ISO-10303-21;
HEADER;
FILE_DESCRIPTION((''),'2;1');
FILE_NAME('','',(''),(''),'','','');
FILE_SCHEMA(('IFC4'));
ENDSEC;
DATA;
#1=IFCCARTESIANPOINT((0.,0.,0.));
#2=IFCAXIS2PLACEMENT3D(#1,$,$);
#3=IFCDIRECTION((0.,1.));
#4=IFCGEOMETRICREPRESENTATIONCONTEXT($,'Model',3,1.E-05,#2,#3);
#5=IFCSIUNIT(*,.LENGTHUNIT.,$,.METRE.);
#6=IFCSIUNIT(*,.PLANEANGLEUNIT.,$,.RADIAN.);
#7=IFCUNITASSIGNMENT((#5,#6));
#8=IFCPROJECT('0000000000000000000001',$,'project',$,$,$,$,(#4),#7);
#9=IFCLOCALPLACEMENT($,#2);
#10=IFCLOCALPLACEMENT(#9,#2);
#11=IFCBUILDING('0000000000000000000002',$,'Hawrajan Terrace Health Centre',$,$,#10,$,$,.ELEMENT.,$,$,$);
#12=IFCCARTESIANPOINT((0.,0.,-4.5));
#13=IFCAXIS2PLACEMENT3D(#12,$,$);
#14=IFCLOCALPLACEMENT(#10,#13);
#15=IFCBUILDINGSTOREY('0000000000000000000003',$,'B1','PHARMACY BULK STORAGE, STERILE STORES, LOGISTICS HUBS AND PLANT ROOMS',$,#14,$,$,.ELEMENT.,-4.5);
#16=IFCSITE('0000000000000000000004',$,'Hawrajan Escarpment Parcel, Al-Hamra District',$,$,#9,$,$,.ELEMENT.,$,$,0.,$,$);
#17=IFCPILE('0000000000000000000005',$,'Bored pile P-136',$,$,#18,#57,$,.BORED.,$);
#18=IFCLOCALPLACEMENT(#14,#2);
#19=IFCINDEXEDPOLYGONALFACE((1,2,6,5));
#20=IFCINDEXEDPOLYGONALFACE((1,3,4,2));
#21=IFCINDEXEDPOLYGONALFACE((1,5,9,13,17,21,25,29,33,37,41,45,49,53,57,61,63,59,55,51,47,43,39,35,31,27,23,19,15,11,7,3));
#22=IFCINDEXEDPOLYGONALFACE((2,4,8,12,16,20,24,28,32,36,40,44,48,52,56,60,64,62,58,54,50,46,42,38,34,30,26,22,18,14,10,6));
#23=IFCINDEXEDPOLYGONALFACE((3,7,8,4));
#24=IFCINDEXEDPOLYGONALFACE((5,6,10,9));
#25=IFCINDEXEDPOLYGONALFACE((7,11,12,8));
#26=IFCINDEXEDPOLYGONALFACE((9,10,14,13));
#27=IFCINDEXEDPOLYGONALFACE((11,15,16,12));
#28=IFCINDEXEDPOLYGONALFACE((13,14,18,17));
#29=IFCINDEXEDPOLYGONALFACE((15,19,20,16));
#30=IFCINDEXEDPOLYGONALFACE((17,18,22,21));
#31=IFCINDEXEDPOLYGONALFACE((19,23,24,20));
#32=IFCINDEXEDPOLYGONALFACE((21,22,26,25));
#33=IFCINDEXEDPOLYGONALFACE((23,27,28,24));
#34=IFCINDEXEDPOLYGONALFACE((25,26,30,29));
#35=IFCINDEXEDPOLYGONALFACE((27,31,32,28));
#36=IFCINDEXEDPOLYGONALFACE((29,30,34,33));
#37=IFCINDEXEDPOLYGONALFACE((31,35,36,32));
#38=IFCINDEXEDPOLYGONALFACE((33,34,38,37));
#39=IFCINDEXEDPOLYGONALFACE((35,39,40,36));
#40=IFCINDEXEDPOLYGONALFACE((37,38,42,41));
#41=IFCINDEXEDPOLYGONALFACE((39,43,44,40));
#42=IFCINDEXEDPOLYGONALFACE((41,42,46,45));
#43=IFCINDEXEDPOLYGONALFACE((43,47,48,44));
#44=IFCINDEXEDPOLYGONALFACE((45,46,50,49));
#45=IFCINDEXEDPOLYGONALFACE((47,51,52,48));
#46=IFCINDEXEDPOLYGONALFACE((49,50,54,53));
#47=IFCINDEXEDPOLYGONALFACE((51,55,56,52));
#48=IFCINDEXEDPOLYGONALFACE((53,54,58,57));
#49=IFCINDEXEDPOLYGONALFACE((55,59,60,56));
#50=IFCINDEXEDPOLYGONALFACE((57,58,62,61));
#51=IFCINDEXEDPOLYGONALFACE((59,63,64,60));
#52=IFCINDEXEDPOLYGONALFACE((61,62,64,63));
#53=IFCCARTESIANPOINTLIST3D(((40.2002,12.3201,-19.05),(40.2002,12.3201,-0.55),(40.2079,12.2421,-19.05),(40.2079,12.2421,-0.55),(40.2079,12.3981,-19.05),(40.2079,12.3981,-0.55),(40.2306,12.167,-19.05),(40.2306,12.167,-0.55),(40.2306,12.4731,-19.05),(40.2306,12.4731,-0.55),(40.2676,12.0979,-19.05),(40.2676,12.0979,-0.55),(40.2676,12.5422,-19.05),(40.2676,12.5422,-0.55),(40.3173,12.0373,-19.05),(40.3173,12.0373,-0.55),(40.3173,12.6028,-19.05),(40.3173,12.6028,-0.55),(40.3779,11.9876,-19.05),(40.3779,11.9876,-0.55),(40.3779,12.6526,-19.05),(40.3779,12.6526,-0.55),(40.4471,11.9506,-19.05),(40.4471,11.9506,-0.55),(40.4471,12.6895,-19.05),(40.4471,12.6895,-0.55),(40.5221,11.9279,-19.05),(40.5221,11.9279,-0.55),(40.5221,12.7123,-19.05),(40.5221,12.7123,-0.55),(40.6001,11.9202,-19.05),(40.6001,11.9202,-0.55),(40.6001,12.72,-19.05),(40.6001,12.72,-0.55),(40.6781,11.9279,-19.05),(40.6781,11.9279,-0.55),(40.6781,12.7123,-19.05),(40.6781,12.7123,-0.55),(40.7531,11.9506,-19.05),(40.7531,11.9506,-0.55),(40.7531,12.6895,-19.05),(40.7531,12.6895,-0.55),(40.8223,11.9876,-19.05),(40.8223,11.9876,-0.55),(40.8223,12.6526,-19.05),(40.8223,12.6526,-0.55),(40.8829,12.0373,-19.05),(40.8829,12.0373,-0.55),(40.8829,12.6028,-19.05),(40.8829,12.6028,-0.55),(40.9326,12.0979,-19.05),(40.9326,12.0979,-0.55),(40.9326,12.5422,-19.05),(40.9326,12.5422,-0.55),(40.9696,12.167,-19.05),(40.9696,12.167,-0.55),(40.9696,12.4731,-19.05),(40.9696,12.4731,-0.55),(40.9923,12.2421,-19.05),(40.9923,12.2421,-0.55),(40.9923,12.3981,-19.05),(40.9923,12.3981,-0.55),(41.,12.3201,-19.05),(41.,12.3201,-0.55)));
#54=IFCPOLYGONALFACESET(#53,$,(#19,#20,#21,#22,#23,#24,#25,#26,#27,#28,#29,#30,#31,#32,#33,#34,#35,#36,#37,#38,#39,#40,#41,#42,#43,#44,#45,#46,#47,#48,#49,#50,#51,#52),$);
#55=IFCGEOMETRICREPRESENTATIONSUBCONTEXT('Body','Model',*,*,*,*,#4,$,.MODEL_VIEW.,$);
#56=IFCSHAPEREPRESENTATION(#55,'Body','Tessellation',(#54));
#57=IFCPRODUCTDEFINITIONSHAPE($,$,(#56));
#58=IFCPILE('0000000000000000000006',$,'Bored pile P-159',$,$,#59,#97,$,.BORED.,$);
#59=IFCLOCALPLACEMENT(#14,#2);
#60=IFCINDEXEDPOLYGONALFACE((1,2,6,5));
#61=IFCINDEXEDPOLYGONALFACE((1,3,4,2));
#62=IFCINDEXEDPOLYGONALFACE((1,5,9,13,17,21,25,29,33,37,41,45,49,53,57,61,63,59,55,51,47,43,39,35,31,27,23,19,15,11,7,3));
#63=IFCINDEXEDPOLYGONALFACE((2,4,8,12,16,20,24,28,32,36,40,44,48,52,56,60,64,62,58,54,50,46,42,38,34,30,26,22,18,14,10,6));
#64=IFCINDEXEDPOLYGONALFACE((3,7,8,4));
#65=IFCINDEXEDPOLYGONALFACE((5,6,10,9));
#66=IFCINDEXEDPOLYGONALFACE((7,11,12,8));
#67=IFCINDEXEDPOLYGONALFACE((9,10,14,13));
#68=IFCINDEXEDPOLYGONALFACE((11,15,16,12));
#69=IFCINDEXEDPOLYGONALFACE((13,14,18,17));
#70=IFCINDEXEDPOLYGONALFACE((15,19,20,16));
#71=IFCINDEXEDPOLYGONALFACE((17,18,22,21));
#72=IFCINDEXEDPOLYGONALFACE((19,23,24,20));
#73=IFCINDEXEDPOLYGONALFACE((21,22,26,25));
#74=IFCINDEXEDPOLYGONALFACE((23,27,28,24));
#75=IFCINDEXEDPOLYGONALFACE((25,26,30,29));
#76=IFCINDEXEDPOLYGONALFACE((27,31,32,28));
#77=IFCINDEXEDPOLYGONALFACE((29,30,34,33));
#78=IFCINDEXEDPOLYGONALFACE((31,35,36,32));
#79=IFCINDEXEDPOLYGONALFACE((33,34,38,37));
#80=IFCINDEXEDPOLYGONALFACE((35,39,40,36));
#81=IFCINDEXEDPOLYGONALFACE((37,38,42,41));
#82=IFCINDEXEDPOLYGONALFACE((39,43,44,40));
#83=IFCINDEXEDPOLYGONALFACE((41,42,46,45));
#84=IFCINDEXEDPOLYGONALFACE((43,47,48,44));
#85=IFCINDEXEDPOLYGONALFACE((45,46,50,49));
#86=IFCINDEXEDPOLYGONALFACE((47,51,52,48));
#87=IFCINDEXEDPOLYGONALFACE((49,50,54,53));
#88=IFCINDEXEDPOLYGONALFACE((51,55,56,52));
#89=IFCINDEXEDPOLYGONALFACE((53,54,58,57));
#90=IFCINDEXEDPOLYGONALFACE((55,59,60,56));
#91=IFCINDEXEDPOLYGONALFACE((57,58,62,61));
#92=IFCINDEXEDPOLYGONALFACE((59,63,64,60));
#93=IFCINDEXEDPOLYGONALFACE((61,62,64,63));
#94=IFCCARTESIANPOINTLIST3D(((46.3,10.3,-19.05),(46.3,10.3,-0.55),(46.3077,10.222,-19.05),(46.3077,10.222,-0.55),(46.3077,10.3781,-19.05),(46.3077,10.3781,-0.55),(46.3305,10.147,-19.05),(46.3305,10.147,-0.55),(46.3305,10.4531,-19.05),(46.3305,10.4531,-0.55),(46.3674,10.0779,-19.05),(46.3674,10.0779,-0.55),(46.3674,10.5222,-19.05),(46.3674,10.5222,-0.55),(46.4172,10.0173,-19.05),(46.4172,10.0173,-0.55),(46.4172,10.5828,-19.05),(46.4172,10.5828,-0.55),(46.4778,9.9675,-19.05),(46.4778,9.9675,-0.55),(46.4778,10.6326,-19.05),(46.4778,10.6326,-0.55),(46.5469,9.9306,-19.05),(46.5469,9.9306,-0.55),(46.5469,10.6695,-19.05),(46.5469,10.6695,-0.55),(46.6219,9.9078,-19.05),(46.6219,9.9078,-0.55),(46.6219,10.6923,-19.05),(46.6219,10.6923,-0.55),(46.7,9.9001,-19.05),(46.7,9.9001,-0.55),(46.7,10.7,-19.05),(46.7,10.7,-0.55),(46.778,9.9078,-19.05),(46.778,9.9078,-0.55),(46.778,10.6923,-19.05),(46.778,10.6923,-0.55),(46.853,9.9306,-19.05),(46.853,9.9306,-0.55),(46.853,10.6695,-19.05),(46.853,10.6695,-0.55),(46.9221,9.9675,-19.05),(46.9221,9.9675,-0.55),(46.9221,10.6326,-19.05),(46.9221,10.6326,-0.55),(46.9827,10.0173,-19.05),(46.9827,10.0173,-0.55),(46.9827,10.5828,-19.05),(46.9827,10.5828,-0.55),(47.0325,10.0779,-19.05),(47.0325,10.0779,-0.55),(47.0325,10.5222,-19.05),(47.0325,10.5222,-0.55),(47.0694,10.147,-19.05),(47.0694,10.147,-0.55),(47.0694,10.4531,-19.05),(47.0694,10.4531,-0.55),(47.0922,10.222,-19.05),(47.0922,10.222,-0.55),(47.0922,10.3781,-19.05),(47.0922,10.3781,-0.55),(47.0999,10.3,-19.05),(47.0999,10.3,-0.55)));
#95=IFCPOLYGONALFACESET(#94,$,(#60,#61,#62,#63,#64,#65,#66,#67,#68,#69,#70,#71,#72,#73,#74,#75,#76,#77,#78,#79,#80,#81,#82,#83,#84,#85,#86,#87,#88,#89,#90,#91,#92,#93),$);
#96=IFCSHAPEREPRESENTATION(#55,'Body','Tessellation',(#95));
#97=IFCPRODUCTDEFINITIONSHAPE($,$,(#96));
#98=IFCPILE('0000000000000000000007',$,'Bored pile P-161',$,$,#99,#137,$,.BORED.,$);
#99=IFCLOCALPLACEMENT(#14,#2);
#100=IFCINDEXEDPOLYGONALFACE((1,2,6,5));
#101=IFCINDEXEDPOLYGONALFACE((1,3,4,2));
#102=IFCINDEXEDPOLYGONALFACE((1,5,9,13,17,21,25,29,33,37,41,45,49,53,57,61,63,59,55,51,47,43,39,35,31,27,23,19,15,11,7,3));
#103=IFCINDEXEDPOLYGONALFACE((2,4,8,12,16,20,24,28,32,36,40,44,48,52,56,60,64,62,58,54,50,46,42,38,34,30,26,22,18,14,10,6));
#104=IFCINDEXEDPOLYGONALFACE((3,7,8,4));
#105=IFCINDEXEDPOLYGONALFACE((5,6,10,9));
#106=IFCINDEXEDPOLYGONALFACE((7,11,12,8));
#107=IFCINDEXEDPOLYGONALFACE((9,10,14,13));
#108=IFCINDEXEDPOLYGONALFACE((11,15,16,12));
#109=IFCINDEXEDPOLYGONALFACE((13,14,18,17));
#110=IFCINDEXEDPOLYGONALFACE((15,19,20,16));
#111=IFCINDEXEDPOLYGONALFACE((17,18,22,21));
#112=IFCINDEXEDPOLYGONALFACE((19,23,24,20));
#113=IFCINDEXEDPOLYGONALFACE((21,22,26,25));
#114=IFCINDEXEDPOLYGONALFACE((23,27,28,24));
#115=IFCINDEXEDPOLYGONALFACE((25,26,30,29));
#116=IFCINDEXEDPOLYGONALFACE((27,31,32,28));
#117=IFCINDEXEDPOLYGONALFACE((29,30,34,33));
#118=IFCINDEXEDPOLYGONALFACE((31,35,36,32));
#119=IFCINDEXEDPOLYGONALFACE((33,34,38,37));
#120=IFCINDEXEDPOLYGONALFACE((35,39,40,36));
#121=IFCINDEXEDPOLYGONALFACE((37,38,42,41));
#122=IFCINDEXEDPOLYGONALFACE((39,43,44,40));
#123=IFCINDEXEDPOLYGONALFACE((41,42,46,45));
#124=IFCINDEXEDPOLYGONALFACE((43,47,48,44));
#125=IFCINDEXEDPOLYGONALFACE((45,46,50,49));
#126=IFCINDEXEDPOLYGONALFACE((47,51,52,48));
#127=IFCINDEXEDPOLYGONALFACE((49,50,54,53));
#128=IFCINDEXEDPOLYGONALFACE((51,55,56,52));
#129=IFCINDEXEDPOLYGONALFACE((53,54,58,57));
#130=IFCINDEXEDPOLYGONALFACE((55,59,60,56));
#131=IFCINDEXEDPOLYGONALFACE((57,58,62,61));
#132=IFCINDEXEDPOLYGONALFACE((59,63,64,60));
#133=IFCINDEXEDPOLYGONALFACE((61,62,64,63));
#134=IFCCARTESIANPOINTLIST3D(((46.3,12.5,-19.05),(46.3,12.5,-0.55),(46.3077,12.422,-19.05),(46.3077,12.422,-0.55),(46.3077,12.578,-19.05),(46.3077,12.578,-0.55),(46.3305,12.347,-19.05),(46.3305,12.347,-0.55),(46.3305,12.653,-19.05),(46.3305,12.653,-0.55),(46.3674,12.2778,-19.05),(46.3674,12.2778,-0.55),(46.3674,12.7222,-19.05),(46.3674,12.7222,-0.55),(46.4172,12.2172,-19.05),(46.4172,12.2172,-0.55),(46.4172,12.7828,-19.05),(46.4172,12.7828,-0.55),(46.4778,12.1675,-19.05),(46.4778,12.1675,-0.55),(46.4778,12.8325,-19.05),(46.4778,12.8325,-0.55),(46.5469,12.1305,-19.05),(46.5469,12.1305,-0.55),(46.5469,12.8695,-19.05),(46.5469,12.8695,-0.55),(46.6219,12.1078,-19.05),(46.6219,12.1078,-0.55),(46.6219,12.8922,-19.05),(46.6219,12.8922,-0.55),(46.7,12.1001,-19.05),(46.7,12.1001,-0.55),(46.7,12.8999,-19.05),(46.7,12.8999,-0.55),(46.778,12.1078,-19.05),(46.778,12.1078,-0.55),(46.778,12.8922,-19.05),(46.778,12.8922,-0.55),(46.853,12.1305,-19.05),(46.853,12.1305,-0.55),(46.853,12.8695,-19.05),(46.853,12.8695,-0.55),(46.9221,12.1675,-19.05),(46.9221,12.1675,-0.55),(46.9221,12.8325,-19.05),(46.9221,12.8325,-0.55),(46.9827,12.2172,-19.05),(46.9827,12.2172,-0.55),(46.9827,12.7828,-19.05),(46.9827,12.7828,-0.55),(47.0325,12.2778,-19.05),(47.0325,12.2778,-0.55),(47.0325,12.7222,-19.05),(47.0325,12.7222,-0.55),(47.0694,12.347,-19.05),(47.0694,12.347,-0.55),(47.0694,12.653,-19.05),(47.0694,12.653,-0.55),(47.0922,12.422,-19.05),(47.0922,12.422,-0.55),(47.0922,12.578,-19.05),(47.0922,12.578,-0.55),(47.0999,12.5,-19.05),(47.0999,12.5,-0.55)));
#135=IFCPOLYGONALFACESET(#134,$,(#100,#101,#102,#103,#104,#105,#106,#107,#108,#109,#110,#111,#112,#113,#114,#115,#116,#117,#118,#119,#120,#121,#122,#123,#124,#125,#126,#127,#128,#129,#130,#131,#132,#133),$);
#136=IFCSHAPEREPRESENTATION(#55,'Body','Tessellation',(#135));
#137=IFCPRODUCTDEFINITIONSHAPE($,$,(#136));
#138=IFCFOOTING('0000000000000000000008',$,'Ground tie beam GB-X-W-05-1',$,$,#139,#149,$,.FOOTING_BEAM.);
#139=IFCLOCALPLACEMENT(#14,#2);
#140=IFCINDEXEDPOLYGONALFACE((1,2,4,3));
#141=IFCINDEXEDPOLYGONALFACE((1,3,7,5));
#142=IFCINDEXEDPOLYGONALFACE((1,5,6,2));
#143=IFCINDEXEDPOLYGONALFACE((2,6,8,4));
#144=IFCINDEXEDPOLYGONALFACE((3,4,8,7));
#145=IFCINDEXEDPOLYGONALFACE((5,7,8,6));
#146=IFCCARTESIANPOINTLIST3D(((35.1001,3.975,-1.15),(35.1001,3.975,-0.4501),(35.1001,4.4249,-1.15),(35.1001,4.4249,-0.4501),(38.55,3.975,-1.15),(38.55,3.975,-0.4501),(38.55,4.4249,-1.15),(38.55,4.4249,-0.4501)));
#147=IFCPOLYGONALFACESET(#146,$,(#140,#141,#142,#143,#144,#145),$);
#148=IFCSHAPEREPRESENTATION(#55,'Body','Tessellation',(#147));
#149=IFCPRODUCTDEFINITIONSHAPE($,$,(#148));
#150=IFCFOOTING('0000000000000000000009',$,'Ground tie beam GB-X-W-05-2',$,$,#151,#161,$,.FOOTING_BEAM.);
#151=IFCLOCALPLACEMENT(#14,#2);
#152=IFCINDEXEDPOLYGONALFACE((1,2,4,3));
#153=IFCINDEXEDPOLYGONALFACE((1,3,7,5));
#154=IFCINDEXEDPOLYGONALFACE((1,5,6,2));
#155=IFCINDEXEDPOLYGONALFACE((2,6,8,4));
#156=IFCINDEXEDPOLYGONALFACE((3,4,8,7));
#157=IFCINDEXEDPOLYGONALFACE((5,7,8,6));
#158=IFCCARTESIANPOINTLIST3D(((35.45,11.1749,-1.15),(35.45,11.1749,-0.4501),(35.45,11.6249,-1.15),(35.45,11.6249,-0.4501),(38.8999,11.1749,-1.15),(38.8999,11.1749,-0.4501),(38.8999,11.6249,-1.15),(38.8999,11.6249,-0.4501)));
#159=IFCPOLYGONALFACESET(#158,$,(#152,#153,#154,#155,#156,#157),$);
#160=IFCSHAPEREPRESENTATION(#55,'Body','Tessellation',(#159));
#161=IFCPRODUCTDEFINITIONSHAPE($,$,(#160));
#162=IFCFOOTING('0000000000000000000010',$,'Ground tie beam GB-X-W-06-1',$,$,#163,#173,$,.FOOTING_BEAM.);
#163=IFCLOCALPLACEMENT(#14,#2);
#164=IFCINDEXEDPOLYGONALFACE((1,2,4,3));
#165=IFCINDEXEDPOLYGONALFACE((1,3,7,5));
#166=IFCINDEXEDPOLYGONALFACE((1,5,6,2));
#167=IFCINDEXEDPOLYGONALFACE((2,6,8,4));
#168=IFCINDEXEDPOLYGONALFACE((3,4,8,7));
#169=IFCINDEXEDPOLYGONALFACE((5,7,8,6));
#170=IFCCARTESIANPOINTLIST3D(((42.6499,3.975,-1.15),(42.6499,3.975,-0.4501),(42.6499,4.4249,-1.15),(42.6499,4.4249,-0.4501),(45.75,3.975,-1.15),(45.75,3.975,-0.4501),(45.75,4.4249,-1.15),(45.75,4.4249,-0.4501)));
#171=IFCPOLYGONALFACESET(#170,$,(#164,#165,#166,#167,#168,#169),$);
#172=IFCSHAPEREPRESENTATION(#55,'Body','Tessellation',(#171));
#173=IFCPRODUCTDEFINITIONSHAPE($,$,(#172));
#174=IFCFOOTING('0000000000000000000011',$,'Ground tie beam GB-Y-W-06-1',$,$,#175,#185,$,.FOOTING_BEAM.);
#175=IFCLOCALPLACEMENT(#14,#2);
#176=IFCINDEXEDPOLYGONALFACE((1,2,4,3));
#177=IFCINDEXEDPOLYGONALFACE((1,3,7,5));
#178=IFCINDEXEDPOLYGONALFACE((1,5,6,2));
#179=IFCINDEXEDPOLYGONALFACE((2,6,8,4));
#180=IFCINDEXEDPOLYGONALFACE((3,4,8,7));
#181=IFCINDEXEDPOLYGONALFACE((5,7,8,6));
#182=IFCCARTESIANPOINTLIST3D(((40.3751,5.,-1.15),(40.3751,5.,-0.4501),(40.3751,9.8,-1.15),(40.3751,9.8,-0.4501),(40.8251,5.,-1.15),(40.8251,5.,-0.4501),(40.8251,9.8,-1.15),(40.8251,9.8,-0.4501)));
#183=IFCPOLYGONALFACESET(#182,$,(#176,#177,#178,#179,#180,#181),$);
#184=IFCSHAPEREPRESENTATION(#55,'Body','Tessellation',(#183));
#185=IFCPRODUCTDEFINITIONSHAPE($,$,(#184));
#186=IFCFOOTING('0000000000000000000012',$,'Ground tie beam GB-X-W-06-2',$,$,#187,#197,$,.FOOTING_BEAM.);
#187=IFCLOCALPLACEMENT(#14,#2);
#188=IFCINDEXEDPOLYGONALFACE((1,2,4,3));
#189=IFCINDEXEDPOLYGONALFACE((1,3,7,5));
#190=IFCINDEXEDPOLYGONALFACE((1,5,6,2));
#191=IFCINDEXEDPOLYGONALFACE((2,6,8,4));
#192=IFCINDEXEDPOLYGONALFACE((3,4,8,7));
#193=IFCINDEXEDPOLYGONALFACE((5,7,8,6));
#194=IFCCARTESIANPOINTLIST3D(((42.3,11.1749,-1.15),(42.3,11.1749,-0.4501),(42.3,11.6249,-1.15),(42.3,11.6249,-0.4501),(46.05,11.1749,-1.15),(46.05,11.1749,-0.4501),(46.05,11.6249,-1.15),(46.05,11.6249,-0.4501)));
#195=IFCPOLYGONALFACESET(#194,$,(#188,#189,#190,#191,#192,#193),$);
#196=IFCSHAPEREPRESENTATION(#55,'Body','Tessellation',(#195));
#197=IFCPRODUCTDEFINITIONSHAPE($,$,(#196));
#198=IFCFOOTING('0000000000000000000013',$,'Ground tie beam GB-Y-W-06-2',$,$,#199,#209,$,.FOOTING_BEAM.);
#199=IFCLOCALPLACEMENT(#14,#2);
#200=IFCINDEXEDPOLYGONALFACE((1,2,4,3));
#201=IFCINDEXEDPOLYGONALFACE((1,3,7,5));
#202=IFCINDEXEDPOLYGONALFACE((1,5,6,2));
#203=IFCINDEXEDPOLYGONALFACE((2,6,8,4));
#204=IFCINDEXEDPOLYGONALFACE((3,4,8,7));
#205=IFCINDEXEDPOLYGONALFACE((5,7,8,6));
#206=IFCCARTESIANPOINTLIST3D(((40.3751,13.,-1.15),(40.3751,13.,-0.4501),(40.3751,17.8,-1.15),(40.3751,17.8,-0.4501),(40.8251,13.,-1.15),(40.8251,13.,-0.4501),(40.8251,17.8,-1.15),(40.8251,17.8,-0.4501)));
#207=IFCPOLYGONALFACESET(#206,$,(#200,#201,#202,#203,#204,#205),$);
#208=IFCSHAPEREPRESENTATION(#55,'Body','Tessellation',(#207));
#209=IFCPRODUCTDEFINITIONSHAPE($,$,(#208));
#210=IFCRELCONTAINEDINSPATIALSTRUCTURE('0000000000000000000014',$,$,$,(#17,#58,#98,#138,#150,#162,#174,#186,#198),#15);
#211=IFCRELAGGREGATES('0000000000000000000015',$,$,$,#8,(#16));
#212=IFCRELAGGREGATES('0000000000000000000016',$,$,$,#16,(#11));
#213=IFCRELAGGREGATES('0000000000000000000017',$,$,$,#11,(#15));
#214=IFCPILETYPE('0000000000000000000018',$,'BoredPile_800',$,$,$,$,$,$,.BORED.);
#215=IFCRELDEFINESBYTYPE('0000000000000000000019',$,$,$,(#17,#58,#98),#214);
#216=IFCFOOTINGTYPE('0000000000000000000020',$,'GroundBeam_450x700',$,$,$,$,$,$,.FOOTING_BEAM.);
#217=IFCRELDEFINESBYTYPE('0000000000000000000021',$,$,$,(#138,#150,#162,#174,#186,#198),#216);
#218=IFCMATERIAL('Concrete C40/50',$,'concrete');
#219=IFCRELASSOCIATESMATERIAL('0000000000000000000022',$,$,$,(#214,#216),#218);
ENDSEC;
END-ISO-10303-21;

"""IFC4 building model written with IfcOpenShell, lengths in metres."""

from ifc_helpers import new_model, si_unit, direction, frame, origin, origin_2d, place, context, subcontext, project, spatial, rectangle, circle, extrude, material, material_profile, profile_set, type_object, element, save


model = new_model("IFC4")

# Units and contexts
model_context = context("Model", 3, precision=1e-05, world=origin(), true_north=direction((0.0, 1.0)))
body_context = subcontext(model_context, "Body", "Model", "MODEL_VIEW")
ifc_project = project(units=[si_unit("LENGTHUNIT", "METRE"), si_unit("PLANEANGLEUNIT", "RADIAN")], contexts=[model_context])

# Site, building, storey
site_placement = place(None, origin())
site = spatial("IfcSite", under=ifc_project, at=site_placement, Name="Hawrajan Escarpment Parcel, Al-Hamra District", CompositionType="ELEMENT", RefElevation=0.0)
building_placement = place(site_placement, origin())
building = spatial("IfcBuilding", under=site, at=building_placement, Name="Hawrajan Terrace Health Centre", CompositionType="ELEMENT")
storey_placement = place(building_placement, frame((0.0, 0.0, -4.5)))
storey = spatial("IfcBuildingStorey", under=building, at=storey_placement, Name="B1", Description="PHARMACY BULK STORAGE, STERILE STORES, LOGISTICS HUBS AND PLANT ROOMS", CompositionType="ELEMENT", Elevation=-4.5)

# Piles
ifc_material_1 = material(Name="Concrete C40/50", Category="concrete")
ifc_material_profile_1 = material_profile(ifc_material_1, circle(Radius=0.3999, at=origin_2d()), Name="BP 800")
ifc_profile_set_1 = profile_set([ifc_material_profile_1], Name="Concrete C40/50")
pile_type_1 = type_object("IfcPileType", Name="BoredPile_800", PredefinedType="BORED", material=ifc_profile_set_1)
for number, where, z_axis, x_axis, name in (
    (1, (40.6001, 12.3201, -0.55), (0.0, 0.0, -1.0), (1.0, 0.0, 0.0), "Bored pile P-136"),
    (2, (46.7, 10.3, -0.55), (0.0, 0.0, -1.0), (1.0, 0.0, 0.0), "Bored pile P-159"),
    (3, (46.7, 12.5, -0.55), (0.0, 0.0, -1.0), (1.0, 0.0, 0.0), "Bored pile P-161"),
):
    element("IfcPile", number, at=place(storey_placement, frame(where, z_axis=z_axis, x_axis=x_axis)), inside=storey, type_object=pile_type_1, Name=name, PredefinedType="BORED", context=body_context, shape_type="SweptSolid", body=[
        extrude(circle(Radius=0.3999, at=origin_2d()), origin(), (0.0, 0.0, 1.0), 18.5),
    ])

# Footings
ifc_material_profile_2 = material_profile(ifc_material_1, rectangle(XDim=0.45, YDim=0.7, at=origin_2d()), Name="RC BM 450x700")
ifc_profile_set_2 = profile_set([ifc_material_profile_2], Name="Concrete C40/50")
footing_type_1 = type_object("IfcFootingType", Name="GroundBeam_450x700", PredefinedType="FOOTING_BEAM", material=ifc_profile_set_2)
for number, where, z_axis, x_axis, name in (
    (4, (35.1001, 4.2, -0.8), (1.0, 0.0, 0.0), (0.0, 1.0, 0.0), "Ground tie beam GB-X-W-05-1"),
    (5, (35.45, 11.3999, -0.8), (1.0, 0.0, 0.0), (0.0, 1.0, 0.0), "Ground tie beam GB-X-W-05-2"),
):
    element("IfcFooting", number, at=place(storey_placement, frame(where, z_axis=z_axis, x_axis=x_axis)), inside=storey, type_object=footing_type_1, Name=name, PredefinedType="FOOTING_BEAM", context=body_context, shape_type="SweptSolid", body=[
        extrude(rectangle(XDim=0.45, YDim=0.7, at=origin_2d()), origin(), (0.0, 0.0, 1.0), 3.45),
    ])
footing_1_placement = place(storey_placement, frame((42.6499, 4.2, -0.8), z_axis=(1.0, 0.0, 0.0), x_axis=(0.0, 1.0, 0.0)))
element("IfcFooting", 6, at=footing_1_placement, inside=storey, type_object=footing_type_1, Name="Ground tie beam GB-X-W-06-1", PredefinedType="FOOTING_BEAM", context=body_context, shape_type="SweptSolid", body=[
    extrude(rectangle(XDim=0.45, YDim=0.7, at=origin_2d()), origin(), (0.0, 0.0, 1.0), 3.1001),
])
footing_2_placement = place(storey_placement, frame((40.6001, 5.0, -0.8), z_axis=(0.0, 1.0, 0.0), x_axis=(-1.0, 0.0, 0.0)))
element("IfcFooting", 7, at=footing_2_placement, inside=storey, type_object=footing_type_1, Name="Ground tie beam GB-Y-W-06-1", PredefinedType="FOOTING_BEAM", context=body_context, shape_type="SweptSolid", body=[
    extrude(rectangle(XDim=0.45, YDim=0.7, at=origin_2d()), origin(), (0.0, 0.0, 1.0), 4.8),
])
footing_3_placement = place(storey_placement, frame((42.3, 11.3999, -0.8), z_axis=(1.0, 0.0, 0.0), x_axis=(0.0, 1.0, 0.0)))
element("IfcFooting", 8, at=footing_3_placement, inside=storey, type_object=footing_type_1, Name="Ground tie beam GB-X-W-06-2", PredefinedType="FOOTING_BEAM", context=body_context, shape_type="SweptSolid", body=[
    extrude(rectangle(XDim=0.45, YDim=0.7, at=origin_2d()), origin(), (0.0, 0.0, 1.0), 3.75),
])
footing_4_placement = place(storey_placement, frame((40.6001, 13.0, -0.8), z_axis=(0.0, 1.0, 0.0), x_axis=(-1.0, 0.0, 0.0)))
element("IfcFooting", 9, at=footing_4_placement, inside=storey, type_object=footing_type_1, Name="Ground tie beam GB-Y-W-06-2", PredefinedType="FOOTING_BEAM", context=body_context, shape_type="SweptSolid", body=[
    extrude(rectangle(XDim=0.45, YDim=0.7, at=origin_2d()), origin(), (0.0, 0.0, 1.0), 4.8),
])

save(model, "model.ifc")
